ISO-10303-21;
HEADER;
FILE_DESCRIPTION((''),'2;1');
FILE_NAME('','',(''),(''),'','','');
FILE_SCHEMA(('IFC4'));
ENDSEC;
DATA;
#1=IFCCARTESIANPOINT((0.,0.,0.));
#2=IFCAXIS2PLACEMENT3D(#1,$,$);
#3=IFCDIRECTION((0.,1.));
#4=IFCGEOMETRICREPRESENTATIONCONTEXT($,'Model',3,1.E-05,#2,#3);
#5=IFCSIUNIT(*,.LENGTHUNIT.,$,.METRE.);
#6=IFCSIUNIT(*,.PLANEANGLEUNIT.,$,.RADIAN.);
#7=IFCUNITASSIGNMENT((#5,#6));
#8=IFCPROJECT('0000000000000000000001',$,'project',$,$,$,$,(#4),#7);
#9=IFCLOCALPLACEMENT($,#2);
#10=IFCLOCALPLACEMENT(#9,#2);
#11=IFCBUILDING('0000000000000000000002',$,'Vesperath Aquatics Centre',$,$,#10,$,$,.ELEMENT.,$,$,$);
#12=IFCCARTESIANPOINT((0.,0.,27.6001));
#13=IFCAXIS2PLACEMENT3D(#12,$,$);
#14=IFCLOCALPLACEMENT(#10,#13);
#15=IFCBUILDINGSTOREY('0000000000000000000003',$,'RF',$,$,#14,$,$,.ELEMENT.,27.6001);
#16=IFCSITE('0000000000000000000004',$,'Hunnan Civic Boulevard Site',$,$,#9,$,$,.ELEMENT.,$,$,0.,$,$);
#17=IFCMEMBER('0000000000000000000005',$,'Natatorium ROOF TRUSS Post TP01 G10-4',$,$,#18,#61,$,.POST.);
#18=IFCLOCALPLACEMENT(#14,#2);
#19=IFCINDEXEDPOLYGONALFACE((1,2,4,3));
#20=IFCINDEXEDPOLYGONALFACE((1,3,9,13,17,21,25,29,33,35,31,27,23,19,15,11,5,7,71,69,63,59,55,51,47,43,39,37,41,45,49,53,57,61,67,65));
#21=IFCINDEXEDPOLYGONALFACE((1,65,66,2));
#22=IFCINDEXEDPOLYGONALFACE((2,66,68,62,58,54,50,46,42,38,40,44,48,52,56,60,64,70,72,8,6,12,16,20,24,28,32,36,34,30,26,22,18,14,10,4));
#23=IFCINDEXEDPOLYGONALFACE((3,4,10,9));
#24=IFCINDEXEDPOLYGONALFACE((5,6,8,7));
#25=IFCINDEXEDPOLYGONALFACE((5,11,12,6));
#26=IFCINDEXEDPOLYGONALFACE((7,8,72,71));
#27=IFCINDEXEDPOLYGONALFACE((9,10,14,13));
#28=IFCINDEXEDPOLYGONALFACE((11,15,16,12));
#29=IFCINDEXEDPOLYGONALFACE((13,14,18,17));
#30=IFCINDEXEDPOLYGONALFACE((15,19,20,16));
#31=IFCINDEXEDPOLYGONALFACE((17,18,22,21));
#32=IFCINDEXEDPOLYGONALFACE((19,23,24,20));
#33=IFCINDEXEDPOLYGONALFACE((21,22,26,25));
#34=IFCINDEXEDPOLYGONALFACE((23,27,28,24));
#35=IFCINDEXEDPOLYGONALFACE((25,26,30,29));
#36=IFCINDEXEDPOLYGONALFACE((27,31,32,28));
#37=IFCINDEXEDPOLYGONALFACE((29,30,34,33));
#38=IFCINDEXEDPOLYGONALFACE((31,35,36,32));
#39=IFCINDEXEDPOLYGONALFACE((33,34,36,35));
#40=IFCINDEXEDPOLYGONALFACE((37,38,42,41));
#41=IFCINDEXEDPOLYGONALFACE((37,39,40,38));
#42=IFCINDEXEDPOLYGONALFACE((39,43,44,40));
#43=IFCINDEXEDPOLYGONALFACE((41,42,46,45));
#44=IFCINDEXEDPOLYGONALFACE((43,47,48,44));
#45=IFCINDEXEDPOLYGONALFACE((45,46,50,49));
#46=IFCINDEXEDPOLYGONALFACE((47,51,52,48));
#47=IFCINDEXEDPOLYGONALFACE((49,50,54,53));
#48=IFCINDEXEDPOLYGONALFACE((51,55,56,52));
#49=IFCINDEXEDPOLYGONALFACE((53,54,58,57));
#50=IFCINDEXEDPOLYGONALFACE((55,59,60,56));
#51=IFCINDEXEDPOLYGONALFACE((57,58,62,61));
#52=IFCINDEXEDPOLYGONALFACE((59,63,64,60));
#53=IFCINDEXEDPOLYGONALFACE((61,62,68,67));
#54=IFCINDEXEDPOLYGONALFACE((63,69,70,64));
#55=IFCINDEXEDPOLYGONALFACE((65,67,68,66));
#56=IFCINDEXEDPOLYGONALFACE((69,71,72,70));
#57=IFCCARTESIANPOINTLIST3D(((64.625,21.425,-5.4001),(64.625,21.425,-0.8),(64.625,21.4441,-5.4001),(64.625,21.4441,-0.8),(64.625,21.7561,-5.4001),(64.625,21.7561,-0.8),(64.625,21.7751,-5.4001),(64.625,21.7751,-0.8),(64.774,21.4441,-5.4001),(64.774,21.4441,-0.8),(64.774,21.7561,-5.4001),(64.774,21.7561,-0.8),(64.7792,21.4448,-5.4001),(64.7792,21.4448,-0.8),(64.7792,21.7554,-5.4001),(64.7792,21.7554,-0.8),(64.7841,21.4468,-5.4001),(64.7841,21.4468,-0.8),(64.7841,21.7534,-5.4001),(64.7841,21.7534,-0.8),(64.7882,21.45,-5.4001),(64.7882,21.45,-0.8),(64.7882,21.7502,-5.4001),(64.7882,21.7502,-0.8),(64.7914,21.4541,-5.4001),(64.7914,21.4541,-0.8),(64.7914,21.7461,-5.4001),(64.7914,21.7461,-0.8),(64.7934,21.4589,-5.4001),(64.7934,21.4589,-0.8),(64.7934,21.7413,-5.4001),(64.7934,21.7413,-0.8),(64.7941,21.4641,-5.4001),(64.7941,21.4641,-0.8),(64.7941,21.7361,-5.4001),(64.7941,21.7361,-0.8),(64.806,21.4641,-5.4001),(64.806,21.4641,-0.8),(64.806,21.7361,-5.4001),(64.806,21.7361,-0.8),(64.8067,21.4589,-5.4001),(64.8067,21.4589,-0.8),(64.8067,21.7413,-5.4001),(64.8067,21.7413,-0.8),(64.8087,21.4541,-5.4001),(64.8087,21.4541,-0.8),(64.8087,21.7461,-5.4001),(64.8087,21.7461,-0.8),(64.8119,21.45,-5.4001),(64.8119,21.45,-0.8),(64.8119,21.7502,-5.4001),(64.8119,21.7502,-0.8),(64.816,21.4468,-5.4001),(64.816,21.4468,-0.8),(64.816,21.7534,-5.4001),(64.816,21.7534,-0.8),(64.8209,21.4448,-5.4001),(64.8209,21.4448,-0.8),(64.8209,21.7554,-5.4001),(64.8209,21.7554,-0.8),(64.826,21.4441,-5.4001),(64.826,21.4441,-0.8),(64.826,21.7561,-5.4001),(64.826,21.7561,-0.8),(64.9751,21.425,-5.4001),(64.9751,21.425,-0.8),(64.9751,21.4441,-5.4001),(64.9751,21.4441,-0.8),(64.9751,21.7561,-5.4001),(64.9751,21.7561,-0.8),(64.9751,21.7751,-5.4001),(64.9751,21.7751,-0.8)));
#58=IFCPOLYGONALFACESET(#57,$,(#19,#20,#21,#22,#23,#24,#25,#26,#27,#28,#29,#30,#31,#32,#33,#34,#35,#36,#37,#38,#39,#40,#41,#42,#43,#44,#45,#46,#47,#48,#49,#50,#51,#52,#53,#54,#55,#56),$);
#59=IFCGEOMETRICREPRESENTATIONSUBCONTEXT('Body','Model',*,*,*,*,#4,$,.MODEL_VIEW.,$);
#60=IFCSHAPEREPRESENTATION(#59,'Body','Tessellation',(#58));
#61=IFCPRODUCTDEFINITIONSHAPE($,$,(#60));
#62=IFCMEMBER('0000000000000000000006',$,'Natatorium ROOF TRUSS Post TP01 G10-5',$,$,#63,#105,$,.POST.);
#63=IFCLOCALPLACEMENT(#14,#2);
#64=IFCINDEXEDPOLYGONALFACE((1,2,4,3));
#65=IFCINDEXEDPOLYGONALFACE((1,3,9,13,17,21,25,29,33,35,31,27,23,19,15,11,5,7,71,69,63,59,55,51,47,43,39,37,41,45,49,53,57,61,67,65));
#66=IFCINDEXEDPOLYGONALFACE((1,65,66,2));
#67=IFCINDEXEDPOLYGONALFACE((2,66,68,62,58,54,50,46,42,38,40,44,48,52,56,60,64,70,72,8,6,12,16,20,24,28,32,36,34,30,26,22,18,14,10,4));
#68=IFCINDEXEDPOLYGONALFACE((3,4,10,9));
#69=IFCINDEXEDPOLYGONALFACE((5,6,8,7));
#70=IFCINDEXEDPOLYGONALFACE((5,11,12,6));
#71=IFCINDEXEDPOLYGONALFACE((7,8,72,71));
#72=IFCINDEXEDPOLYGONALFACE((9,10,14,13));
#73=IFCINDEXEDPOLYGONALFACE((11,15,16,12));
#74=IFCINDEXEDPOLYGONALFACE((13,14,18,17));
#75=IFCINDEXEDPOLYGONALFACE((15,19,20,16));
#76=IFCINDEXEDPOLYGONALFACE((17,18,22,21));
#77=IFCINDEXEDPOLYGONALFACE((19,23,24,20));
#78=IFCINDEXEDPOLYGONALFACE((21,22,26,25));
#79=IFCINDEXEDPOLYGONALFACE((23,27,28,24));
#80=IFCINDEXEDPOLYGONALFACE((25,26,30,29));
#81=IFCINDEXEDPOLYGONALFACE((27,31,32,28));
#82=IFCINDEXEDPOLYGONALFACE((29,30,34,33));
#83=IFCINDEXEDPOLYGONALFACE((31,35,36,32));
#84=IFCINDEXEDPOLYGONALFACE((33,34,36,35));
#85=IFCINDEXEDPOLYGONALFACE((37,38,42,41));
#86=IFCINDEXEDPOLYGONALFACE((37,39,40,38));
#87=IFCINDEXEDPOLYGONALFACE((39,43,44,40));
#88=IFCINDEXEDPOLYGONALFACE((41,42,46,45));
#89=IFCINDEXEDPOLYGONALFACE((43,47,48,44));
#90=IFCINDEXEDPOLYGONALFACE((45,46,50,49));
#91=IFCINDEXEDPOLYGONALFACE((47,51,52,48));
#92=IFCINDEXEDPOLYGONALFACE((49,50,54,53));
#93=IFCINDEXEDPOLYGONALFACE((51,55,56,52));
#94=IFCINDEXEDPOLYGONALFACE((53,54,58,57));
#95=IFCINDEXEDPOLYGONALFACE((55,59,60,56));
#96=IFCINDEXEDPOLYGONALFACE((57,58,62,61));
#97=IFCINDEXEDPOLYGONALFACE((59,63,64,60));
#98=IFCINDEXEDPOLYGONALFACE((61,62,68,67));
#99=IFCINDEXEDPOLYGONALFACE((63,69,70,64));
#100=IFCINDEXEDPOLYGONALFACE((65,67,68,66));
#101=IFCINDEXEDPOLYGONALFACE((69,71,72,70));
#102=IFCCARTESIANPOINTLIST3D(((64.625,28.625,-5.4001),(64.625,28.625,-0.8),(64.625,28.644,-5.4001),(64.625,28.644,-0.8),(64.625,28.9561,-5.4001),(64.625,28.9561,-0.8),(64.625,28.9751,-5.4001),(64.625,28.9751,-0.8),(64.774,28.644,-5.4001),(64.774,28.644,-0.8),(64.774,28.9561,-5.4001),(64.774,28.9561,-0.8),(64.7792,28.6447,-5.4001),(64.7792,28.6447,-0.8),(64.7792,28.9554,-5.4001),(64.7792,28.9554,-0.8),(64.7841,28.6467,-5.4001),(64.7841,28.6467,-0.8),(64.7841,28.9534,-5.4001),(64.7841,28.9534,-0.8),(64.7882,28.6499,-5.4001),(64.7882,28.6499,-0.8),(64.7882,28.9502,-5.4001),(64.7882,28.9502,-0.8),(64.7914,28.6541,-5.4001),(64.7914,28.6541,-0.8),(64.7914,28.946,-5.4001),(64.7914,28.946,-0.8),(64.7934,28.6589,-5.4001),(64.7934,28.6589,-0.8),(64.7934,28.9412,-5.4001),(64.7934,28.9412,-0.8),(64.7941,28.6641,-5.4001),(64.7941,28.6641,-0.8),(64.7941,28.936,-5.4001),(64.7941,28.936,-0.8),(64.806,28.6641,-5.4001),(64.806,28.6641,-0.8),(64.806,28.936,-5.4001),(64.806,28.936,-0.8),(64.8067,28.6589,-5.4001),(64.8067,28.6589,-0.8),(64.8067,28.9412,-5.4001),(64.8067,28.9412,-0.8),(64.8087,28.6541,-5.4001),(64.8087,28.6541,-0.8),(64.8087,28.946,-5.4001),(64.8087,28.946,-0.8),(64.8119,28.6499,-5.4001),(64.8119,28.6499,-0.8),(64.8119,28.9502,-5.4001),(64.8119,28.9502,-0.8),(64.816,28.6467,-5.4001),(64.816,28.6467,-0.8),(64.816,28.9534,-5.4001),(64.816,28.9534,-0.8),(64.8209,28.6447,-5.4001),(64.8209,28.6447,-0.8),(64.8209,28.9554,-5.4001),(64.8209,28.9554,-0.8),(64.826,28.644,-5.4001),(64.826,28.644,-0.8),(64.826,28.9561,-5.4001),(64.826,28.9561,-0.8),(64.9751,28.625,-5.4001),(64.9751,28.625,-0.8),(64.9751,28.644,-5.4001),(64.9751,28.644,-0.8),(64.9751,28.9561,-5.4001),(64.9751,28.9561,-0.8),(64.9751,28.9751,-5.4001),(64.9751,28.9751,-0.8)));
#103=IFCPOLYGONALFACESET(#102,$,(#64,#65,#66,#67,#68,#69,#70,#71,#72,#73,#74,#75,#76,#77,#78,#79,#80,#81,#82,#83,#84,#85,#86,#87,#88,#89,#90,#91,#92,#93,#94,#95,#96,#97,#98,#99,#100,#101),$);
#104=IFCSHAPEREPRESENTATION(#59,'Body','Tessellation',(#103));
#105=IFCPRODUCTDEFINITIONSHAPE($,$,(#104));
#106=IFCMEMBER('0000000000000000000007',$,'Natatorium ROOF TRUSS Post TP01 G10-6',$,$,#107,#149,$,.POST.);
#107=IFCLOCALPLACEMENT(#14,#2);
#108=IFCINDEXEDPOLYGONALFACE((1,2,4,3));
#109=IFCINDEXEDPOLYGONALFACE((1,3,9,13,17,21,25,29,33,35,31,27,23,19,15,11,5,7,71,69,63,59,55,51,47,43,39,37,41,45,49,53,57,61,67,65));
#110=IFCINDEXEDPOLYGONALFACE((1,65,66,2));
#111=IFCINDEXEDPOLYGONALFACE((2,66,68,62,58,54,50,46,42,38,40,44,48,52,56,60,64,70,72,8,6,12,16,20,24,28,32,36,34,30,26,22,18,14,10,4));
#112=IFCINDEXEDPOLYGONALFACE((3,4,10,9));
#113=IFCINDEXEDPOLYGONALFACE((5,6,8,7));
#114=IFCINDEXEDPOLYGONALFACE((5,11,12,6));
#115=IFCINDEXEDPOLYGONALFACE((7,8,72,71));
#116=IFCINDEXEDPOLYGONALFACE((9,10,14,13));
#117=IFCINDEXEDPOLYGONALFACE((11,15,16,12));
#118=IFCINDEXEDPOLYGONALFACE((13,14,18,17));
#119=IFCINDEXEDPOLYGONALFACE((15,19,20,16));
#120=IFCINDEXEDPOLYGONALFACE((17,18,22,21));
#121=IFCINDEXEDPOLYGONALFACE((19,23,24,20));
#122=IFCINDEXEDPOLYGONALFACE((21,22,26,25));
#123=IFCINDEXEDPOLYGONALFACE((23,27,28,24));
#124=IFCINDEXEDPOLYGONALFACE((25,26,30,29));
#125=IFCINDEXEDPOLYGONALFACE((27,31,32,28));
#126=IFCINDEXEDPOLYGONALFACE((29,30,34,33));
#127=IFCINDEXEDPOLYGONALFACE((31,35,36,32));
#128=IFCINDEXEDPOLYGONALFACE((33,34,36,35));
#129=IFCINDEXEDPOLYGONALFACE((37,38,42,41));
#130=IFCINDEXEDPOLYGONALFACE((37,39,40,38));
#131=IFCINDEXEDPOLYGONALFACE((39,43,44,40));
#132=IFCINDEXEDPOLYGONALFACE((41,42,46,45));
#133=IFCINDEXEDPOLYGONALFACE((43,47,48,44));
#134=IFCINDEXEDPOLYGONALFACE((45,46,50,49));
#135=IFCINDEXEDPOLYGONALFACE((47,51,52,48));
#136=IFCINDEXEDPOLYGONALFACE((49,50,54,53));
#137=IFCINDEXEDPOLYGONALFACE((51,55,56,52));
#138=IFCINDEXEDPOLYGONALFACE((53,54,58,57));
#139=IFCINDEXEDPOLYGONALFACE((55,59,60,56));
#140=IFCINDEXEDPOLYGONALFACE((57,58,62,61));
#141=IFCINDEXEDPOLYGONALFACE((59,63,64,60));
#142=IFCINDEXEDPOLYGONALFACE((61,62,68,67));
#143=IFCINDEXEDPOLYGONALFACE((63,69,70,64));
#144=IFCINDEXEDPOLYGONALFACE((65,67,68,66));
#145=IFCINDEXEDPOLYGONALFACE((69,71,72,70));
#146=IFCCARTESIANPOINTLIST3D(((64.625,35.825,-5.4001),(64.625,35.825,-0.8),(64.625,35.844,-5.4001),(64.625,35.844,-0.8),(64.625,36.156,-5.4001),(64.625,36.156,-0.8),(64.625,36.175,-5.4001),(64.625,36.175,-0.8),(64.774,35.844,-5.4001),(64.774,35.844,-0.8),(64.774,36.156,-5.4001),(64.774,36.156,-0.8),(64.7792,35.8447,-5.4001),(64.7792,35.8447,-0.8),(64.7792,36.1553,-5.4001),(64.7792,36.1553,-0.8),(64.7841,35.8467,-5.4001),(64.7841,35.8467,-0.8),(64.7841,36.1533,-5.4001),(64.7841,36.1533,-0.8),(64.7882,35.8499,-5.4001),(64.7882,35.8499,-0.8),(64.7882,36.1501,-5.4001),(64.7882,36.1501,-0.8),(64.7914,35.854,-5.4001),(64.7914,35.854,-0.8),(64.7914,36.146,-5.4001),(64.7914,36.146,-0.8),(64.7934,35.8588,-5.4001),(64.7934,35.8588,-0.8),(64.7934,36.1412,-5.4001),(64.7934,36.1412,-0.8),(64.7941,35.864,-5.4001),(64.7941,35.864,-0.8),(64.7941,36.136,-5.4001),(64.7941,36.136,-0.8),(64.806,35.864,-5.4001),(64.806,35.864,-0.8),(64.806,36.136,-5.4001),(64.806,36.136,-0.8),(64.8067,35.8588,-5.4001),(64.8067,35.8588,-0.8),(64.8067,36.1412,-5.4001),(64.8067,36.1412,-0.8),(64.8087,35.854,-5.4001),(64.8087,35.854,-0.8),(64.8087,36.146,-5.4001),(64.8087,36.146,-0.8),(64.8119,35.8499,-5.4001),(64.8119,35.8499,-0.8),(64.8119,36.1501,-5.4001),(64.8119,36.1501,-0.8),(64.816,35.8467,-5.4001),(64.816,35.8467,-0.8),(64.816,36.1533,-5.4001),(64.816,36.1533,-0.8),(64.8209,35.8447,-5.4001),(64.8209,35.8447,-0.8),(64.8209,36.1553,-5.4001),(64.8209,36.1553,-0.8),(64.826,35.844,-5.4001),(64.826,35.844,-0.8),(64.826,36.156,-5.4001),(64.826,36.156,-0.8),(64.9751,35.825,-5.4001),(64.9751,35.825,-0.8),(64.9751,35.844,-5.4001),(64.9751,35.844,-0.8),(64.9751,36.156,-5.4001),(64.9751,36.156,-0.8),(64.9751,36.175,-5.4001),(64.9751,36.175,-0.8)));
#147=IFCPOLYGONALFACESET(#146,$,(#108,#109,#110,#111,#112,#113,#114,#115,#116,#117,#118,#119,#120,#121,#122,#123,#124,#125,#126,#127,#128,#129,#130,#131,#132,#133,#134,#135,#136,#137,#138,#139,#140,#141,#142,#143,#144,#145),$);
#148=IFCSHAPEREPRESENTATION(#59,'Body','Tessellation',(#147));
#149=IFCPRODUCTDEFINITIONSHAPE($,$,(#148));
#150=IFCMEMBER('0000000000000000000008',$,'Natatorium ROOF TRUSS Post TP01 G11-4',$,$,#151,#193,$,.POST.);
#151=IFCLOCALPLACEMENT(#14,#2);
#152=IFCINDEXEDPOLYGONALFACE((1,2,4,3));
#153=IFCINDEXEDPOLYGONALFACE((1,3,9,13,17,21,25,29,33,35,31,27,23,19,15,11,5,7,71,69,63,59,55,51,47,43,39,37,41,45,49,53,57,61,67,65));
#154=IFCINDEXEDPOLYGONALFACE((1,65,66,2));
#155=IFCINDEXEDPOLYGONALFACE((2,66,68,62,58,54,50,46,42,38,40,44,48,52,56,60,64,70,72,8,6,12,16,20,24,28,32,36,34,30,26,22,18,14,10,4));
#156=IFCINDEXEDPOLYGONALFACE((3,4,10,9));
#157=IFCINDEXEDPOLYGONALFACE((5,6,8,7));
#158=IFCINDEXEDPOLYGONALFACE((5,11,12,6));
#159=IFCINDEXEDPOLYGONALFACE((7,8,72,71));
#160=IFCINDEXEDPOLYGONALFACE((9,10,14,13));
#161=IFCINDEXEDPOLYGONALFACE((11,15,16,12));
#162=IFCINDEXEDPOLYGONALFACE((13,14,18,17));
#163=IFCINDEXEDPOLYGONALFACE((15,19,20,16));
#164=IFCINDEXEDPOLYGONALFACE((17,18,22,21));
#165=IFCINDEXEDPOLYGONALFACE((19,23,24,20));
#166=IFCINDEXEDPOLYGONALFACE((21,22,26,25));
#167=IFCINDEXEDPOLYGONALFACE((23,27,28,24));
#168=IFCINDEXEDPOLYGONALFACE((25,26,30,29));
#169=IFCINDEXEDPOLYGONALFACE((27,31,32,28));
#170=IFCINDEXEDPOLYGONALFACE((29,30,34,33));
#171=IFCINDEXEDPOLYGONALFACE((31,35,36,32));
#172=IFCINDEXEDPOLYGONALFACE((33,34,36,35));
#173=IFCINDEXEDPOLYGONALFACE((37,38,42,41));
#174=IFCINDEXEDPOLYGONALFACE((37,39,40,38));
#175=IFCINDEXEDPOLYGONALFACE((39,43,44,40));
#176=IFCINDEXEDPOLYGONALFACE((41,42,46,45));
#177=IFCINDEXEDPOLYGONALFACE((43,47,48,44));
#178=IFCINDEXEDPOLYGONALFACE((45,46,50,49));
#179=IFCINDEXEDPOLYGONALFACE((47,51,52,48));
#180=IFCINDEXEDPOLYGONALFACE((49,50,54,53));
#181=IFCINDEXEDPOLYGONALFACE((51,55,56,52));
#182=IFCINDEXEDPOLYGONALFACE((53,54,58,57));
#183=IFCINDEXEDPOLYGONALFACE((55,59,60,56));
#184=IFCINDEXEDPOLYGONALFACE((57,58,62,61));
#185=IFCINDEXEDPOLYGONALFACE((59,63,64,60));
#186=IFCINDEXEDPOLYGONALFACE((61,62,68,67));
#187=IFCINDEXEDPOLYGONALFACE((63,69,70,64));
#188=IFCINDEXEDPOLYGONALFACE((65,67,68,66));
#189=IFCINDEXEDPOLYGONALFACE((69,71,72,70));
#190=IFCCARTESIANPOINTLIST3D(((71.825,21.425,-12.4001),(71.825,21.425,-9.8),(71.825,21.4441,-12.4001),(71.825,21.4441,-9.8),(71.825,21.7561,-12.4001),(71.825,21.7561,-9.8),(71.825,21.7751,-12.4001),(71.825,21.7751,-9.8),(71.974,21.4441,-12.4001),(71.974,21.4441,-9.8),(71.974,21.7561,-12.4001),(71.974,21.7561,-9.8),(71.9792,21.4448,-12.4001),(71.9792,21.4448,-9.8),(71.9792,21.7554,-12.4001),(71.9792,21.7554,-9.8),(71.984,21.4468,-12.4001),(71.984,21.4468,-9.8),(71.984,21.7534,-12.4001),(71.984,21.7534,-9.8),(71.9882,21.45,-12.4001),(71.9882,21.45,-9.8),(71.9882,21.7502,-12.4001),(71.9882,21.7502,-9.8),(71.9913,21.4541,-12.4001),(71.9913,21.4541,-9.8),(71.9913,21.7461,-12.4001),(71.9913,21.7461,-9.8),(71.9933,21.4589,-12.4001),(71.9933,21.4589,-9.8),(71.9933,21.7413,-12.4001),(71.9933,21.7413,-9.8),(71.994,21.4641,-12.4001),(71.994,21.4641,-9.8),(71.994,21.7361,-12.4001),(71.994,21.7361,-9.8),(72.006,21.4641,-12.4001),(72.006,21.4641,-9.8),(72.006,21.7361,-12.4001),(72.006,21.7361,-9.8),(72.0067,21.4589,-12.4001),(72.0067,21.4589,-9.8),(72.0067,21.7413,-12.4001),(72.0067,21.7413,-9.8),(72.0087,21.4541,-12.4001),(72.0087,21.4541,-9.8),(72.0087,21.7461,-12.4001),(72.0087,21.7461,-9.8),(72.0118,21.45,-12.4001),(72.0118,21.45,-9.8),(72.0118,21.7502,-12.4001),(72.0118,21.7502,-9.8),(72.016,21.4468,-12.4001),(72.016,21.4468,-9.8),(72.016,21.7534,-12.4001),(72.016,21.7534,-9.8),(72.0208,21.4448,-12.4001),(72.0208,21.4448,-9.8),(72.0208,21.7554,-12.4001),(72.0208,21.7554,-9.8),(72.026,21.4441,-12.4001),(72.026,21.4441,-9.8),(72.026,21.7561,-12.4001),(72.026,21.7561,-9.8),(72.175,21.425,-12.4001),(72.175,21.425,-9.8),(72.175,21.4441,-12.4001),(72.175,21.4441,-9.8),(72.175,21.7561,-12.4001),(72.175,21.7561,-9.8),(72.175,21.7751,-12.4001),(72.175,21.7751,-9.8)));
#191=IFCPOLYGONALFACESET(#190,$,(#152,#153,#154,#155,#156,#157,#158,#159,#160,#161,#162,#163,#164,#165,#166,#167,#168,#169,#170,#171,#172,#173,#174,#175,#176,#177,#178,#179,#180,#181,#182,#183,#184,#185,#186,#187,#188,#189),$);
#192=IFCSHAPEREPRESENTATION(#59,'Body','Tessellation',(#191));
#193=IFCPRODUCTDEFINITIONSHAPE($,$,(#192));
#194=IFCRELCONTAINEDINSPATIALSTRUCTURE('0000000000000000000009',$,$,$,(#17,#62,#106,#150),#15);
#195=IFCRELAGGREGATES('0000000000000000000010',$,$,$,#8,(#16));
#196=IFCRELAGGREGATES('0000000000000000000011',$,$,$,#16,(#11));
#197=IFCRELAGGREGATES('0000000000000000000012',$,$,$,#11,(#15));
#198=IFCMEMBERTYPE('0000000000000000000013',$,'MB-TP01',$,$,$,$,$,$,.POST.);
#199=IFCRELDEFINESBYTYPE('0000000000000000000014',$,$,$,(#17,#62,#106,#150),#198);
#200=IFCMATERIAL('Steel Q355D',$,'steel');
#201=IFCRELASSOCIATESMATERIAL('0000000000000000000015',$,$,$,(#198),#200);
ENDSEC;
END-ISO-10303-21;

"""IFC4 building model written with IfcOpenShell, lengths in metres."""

from ifc_helpers import new_model, si_unit, direction, frame, origin, origin_2d, place, context, subcontext, project, spatial, i_section, extrude, material, material_profile, profile_set, type_object, element, save


model = new_model("IFC4")

# Units and contexts
model_context = context("Model", 3, precision=1e-05, world=origin(), true_north=direction((0.0, 1.0)))
body_context = subcontext(model_context, "Body", "Model", "MODEL_VIEW")
ifc_project = project(units=[si_unit("LENGTHUNIT", "METRE"), si_unit("PLANEANGLEUNIT", "RADIAN")], contexts=[model_context])

# Site, building, storey
site_placement = place(None, origin())
site = spatial("IfcSite", under=ifc_project, at=site_placement, Name="Hunnan Civic Boulevard Site", CompositionType="ELEMENT", RefElevation=0.0)
building_placement = place(site_placement, origin())
building = spatial("IfcBuilding", under=site, at=building_placement, Name="Vesperath Aquatics Centre", CompositionType="ELEMENT")
storey_placement = place(building_placement, frame((0.0, 0.0, 27.6001)))
storey = spatial("IfcBuildingStorey", under=building, at=storey_placement, Name="RF", CompositionType="ELEMENT", Elevation=27.6001)

# Members
ifc_material_1 = material(Name="Steel Q355D", Category="steel")
ifc_material_profile_1 = material_profile(ifc_material_1, i_section(OverallWidth=0.3501, OverallDepth=0.3501, WebThickness=0.012, FlangeThickness=0.019, FilletRadius=0.02, at=origin_2d()), Name="HW 350x350x12x19")
ifc_profile_set_1 = profile_set([ifc_material_profile_1], Name="Steel Q355D")
member_type_1 = type_object("IfcMemberType", Name="MB-TP01", PredefinedType="POST", material=ifc_profile_set_1)
for number, where, z_axis, x_axis, name in (
    (1, (64.8, 21.6001, -5.4001), (0.0, 0.0, 1.0), (1.0, 0.0, 0.0), "Natatorium ROOF TRUSS Post TP01 G10-4"),
    (2, (64.8, 28.8, -5.4001), (0.0, 0.0, 1.0), (1.0, 0.0, 0.0), "Natatorium ROOF TRUSS Post TP01 G10-5"),
    (3, (64.8, 36.0, -5.4001), (0.0, 0.0, 1.0), (1.0, 0.0, 0.0), "Natatorium ROOF TRUSS Post TP01 G10-6"),
):
    element("IfcMember", number, at=place(storey_placement, frame(where, z_axis=z_axis, x_axis=x_axis)), inside=storey, type_object=member_type_1, Name=name, PredefinedType="POST", context=body_context, shape_type="SweptSolid", body=[
        extrude(i_section(OverallWidth=0.3501, OverallDepth=0.3501, WebThickness=0.012, FlangeThickness=0.019, FilletRadius=0.02, at=origin_2d()), origin(), (0.0, 0.0, 1.0), 4.6001),
    ])
for number, where, z_axis, x_axis, name in (
    (4, (72.0, 21.6001, -12.4001), (0.0, 0.0, 1.0), (1.0, 0.0, 0.0), "Natatorium ROOF TRUSS Post TP01 G11-4"),
):
    element("IfcMember", number, at=place(storey_placement, frame(where, z_axis=z_axis, x_axis=x_axis)), inside=storey, type_object=member_type_1, Name=name, PredefinedType="POST", context=body_context, shape_type="SweptSolid", body=[
        extrude(i_section(OverallWidth=0.3501, OverallDepth=0.3501, WebThickness=0.012, FlangeThickness=0.019, FilletRadius=0.02, at=origin_2d()), origin(), (0.0, 0.0, 1.0), 2.6001),
    ])

save(model, "model.ifc")
